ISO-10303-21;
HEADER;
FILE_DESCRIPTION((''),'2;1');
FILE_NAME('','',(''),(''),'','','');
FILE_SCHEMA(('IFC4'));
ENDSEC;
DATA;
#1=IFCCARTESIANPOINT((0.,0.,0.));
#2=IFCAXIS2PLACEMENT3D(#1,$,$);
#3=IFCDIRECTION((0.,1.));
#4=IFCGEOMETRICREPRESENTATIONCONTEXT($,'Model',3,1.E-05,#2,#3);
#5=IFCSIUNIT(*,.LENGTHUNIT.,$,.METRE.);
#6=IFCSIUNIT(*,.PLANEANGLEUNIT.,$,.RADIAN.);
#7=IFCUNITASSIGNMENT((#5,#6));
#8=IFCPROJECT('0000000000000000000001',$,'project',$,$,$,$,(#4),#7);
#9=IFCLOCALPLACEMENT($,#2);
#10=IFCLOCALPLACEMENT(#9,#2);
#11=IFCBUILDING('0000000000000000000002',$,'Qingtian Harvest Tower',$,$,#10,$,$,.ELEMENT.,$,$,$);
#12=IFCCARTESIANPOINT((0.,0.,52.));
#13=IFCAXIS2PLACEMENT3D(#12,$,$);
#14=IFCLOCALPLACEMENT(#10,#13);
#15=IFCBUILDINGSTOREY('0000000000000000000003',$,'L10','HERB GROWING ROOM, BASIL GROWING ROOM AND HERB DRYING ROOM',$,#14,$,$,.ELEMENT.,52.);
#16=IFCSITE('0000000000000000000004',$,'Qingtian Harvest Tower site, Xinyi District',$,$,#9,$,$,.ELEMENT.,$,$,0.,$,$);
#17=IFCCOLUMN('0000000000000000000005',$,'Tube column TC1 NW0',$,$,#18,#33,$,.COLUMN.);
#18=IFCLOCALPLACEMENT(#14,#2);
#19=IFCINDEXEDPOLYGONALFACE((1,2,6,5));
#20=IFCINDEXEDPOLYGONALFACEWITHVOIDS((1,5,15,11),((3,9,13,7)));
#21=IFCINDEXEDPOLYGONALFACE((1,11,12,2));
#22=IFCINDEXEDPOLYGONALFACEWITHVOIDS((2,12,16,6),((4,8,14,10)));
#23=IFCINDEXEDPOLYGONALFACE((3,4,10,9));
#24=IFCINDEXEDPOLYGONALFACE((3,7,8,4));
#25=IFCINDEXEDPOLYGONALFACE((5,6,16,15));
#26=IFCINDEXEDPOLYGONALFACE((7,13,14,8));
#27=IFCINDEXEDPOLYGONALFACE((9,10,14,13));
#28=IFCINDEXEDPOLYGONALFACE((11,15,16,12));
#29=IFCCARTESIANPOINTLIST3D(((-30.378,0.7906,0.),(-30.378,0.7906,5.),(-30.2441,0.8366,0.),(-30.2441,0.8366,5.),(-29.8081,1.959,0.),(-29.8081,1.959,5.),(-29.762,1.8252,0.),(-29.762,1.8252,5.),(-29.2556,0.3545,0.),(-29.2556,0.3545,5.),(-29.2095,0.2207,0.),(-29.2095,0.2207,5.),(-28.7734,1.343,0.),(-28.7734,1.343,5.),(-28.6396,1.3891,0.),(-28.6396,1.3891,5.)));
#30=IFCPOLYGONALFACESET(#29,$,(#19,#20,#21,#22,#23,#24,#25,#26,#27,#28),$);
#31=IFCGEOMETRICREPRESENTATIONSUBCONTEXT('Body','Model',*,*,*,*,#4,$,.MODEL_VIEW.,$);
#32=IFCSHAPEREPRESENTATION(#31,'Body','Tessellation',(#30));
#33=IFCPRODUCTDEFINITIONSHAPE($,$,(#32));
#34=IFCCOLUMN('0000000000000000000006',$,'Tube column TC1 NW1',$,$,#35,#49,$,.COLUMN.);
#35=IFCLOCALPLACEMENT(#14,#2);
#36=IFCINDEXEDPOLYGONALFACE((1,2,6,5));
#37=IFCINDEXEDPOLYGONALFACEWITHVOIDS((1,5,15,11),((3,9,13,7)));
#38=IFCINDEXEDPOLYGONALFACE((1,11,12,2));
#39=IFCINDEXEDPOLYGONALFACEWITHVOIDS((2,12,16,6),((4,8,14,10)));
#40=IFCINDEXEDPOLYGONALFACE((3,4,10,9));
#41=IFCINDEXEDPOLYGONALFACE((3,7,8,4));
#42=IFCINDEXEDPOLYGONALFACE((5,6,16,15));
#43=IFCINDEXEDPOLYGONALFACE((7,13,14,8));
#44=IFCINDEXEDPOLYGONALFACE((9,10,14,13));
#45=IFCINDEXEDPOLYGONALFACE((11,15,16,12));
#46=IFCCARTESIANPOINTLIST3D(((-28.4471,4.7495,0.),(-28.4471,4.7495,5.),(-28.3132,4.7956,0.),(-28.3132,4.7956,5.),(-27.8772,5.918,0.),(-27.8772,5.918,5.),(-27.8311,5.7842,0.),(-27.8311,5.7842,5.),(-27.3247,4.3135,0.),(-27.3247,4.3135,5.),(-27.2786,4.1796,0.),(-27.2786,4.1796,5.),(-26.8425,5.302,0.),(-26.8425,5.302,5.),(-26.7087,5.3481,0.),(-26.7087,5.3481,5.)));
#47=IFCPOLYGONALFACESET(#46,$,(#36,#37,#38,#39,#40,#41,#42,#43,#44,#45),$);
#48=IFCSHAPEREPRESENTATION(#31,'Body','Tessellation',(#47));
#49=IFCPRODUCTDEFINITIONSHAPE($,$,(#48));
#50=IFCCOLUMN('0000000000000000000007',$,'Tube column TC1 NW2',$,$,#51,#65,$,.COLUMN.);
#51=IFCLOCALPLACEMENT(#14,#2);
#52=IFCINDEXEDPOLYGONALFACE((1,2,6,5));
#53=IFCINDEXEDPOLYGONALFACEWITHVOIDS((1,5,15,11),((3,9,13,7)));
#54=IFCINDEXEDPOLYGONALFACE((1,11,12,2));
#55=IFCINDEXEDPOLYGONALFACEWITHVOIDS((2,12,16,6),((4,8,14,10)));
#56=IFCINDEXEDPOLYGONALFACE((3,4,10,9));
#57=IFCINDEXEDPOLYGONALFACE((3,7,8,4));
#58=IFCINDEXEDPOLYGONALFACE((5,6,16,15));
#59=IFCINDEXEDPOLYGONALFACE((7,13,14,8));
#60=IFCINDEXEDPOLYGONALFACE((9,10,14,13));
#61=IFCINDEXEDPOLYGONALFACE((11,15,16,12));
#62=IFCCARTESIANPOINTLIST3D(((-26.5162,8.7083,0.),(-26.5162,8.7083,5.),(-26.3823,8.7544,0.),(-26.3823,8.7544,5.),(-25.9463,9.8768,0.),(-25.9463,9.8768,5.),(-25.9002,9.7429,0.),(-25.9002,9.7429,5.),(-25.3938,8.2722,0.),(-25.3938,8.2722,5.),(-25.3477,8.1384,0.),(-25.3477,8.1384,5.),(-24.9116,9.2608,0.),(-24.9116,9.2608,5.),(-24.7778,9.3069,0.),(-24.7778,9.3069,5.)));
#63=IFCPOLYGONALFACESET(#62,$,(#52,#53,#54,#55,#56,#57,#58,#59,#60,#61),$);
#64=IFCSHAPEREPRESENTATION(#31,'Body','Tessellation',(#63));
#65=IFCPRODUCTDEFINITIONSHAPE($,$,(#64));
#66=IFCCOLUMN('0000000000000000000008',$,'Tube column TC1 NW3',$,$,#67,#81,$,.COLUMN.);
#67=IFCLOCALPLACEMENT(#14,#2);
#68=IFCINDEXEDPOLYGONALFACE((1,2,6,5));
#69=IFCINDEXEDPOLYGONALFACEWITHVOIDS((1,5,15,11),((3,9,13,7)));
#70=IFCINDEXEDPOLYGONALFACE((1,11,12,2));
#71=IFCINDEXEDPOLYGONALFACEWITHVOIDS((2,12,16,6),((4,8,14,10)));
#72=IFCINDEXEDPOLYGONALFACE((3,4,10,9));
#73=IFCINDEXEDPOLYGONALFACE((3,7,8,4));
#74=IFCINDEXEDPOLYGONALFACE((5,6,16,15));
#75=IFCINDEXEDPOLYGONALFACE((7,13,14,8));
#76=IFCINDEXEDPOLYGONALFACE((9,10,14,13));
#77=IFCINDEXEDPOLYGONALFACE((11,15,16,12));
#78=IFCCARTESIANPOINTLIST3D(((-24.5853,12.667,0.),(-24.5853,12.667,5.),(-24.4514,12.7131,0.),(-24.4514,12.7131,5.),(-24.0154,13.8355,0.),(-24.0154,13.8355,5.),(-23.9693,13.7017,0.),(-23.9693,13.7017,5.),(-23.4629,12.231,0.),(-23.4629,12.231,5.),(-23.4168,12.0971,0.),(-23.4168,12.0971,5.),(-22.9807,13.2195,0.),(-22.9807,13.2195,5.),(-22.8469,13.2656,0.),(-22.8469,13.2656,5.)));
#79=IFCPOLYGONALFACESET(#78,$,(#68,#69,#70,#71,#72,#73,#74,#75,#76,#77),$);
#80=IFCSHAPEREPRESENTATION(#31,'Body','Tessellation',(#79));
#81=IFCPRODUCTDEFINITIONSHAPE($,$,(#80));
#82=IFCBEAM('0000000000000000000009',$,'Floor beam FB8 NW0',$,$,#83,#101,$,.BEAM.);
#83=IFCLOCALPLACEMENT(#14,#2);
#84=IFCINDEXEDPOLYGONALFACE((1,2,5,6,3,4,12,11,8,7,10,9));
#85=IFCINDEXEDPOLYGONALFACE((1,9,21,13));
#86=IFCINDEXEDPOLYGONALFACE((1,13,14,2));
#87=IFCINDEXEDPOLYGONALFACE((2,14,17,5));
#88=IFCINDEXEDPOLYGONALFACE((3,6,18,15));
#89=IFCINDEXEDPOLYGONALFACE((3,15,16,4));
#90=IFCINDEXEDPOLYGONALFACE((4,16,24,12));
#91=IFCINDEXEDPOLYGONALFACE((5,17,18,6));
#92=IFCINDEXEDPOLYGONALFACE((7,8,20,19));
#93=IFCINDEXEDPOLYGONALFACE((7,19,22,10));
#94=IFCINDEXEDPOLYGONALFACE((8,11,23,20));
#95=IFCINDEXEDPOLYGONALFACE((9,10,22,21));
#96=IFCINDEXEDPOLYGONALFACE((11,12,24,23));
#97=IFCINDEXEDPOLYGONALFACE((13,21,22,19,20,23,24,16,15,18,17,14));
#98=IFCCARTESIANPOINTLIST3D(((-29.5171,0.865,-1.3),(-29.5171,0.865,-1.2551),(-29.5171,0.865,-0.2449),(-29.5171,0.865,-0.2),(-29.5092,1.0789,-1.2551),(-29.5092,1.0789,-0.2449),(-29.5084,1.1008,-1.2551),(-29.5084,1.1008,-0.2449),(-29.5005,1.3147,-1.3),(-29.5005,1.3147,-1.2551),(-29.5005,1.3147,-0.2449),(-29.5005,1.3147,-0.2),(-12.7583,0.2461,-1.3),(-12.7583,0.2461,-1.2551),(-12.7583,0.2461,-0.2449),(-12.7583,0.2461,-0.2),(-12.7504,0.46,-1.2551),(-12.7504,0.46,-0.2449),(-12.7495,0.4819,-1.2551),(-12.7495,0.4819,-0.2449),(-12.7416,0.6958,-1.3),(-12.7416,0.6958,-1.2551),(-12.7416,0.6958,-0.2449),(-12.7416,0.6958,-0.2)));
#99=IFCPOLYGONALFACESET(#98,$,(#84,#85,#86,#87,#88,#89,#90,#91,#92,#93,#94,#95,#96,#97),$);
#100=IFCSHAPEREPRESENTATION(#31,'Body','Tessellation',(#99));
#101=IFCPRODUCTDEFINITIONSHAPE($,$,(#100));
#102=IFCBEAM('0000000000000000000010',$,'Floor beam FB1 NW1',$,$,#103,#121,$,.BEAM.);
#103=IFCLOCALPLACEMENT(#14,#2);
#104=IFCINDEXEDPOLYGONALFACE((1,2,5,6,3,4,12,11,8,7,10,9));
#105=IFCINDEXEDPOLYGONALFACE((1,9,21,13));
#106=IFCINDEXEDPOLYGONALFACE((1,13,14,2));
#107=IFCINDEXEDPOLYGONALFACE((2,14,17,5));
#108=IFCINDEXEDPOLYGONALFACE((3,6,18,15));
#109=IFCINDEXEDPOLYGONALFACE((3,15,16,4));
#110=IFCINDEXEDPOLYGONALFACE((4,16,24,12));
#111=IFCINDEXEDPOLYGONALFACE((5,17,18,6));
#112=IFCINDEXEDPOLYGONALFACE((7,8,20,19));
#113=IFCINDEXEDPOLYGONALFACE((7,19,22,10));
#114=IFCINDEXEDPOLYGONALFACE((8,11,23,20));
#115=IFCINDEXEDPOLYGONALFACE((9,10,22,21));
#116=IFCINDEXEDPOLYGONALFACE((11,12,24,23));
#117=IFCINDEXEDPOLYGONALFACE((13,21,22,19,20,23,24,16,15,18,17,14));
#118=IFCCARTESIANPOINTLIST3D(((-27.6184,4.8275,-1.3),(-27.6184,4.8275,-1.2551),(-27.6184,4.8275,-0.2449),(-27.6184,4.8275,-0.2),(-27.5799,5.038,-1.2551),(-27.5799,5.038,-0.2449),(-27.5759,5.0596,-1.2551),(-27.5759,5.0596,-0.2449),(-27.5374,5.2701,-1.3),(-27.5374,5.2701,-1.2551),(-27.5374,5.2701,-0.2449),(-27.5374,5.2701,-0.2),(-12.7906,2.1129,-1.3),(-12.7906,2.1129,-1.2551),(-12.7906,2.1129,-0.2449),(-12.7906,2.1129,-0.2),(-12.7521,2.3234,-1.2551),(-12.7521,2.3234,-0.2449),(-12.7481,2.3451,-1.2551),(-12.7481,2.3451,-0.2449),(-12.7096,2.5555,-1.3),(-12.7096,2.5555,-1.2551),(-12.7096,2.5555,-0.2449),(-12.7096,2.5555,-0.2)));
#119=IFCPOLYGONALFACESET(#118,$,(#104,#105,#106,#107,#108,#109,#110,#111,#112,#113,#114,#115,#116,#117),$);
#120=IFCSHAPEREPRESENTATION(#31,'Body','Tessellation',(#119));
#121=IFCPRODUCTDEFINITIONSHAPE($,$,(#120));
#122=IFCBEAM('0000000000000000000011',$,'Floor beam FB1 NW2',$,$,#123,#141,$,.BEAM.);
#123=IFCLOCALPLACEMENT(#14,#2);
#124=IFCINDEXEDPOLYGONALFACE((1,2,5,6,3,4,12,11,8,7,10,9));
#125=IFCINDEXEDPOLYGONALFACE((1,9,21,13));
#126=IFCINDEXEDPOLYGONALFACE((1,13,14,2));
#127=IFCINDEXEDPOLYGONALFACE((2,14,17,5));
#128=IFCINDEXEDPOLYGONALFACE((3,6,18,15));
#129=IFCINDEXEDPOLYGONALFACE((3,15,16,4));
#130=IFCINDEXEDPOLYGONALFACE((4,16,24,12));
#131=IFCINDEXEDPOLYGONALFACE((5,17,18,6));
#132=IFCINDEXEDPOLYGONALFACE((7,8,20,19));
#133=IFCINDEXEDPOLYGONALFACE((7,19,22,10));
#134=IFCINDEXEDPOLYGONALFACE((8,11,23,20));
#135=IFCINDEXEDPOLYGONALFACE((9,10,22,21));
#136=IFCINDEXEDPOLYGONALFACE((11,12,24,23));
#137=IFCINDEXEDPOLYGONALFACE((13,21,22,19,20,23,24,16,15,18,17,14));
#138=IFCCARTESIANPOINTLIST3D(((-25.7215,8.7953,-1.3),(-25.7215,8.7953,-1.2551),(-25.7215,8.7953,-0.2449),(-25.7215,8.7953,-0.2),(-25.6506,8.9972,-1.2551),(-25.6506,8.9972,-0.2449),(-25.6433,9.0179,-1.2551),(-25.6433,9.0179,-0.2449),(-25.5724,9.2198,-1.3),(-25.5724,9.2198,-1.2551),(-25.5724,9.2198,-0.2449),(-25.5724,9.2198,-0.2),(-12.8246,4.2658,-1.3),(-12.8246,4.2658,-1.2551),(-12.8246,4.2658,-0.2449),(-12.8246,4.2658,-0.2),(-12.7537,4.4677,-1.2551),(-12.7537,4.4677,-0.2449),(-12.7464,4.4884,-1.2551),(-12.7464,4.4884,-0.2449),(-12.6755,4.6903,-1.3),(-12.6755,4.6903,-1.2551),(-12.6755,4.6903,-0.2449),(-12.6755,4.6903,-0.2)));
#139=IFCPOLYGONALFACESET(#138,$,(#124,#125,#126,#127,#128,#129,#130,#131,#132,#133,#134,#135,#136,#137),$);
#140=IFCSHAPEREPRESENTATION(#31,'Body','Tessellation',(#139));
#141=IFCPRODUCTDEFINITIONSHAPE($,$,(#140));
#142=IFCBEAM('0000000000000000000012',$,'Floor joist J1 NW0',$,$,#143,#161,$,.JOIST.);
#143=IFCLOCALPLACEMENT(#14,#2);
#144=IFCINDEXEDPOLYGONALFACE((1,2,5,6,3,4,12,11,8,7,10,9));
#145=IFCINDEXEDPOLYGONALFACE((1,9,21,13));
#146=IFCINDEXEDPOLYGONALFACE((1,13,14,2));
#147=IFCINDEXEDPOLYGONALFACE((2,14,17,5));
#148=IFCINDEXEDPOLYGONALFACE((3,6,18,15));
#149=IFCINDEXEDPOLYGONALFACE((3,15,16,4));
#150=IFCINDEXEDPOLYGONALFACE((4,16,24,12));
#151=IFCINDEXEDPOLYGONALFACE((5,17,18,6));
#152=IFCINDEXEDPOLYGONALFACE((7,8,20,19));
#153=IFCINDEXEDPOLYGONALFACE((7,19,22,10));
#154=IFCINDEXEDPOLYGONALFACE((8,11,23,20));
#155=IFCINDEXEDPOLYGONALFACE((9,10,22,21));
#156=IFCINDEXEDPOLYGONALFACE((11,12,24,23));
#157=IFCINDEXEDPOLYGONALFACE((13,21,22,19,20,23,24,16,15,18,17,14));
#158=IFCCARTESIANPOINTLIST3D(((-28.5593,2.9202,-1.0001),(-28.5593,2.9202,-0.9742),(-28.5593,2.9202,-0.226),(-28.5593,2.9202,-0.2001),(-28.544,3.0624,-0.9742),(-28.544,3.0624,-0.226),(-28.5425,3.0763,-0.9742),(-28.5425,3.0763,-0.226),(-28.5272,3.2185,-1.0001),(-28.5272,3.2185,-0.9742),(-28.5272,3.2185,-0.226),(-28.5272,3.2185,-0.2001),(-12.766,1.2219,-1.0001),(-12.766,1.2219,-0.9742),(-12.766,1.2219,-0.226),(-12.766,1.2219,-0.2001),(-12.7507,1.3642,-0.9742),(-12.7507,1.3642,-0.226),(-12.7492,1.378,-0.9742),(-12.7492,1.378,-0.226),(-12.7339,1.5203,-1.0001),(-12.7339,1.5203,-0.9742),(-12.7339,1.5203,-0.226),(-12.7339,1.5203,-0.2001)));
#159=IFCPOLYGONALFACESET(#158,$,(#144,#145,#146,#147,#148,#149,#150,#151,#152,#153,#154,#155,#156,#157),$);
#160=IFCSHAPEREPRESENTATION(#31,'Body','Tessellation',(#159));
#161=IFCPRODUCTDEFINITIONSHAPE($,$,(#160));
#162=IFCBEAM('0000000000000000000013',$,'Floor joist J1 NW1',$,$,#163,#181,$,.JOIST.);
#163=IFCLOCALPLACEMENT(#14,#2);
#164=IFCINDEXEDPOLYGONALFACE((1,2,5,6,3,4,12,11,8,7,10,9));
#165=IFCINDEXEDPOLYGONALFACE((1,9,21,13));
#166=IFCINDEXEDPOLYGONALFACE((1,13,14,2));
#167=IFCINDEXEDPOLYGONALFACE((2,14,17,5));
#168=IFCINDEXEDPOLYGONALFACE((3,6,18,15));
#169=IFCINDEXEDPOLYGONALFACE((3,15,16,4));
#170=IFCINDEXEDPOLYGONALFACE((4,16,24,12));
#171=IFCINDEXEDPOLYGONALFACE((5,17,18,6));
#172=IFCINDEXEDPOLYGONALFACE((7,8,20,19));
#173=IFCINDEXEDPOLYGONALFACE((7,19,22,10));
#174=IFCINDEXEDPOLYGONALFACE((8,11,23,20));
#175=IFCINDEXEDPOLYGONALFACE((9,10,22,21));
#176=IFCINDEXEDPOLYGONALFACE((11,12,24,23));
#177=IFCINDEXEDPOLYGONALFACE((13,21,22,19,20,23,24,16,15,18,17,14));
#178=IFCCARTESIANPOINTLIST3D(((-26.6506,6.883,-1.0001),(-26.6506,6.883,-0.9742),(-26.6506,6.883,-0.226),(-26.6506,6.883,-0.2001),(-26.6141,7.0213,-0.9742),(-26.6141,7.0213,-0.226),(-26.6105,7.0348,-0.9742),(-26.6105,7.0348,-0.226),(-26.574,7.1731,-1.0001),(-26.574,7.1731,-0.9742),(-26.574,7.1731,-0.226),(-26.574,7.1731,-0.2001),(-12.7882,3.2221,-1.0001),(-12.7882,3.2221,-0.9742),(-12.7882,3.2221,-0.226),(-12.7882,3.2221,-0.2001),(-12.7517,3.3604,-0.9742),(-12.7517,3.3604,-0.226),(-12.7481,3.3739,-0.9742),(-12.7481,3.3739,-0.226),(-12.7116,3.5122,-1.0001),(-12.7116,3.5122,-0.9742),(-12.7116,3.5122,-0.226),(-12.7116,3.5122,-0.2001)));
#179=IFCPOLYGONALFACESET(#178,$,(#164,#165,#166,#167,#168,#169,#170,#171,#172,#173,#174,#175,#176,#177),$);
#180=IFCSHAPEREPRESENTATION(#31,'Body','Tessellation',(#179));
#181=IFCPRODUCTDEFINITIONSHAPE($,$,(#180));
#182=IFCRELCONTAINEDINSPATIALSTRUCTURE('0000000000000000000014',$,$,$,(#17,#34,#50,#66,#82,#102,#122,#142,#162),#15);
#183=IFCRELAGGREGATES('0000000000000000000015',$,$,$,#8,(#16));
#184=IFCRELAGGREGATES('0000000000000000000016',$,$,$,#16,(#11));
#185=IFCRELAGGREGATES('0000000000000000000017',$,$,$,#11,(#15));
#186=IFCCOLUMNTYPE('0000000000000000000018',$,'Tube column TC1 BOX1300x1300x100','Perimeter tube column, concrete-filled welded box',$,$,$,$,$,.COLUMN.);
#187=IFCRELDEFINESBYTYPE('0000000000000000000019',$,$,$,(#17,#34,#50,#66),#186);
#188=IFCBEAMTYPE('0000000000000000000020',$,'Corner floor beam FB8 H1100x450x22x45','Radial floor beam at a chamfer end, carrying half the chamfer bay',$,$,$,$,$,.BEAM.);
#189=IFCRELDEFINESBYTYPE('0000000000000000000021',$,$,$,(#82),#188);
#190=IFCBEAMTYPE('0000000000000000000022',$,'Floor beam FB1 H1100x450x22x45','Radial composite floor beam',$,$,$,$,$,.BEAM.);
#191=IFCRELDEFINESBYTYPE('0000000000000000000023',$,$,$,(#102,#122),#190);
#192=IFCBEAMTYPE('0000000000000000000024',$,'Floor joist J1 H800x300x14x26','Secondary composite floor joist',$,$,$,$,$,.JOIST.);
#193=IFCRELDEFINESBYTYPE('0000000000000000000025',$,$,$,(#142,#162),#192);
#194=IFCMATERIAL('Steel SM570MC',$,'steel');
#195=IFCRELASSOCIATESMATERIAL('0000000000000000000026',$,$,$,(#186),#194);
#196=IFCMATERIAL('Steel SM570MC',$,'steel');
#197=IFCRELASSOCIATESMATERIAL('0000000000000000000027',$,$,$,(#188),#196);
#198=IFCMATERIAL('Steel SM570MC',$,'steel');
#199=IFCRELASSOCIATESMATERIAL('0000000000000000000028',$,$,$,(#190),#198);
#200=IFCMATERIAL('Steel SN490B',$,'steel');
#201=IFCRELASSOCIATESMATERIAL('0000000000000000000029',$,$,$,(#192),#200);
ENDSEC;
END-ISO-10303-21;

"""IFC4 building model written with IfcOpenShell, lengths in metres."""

from ifc_helpers import new_model, si_unit, direction, frame, origin, origin_2d, place, context, subcontext, project, spatial, hollow_rectangle, i_section, extrude, material, material_profile, profile_set, type_object, element, save


model = new_model("IFC4")

# Units and contexts
model_context = context("Model", 3, precision=1e-05, world=origin(), true_north=direction((0.0, 1.0)))
body_context = subcontext(model_context, "Body", "Model", "MODEL_VIEW")
ifc_project = project(units=[si_unit("LENGTHUNIT", "METRE"), si_unit("PLANEANGLEUNIT", "RADIAN")], contexts=[model_context])

# Site, building, storey
site_placement = place(None, origin())
site = spatial("IfcSite", under=ifc_project, at=site_placement, Name="Qingtian Harvest Tower site, Xinyi District", CompositionType="ELEMENT", RefElevation=0.0)
building_placement = place(site_placement, origin())
building = spatial("IfcBuilding", under=site, at=building_placement, Name="Qingtian Harvest Tower", CompositionType="ELEMENT")
storey_placement = place(building_placement, frame((0.0, 0.0, 52.0)))
storey = spatial("IfcBuildingStorey", under=building, at=storey_placement, Name="L10", Description="HERB GROWING ROOM, BASIL GROWING ROOM AND HERB DRYING ROOM", CompositionType="ELEMENT", Elevation=52.0)

# Columns
ifc_material_1 = material(Name="Steel SM570MC", Category="steel")
ifc_material_profile_1 = material_profile(ifc_material_1, hollow_rectangle(XDim=1.3, YDim=1.3, WallThickness=0.1001, at=origin_2d()), Name="BOX1300x1300x100")
ifc_profile_set_1 = profile_set([ifc_material_profile_1], Name="Steel SM570MC")
column_type = type_object("IfcColumnType", Name="Tube column TC1 BOX1300x1300x100", Description="Perimeter tube column, concrete-filled welded box", PredefinedType="COLUMN", material=ifc_profile_set_1)
for number, where, z_axis, x_axis, name in (
    (1, (-29.5088, 1.0898, 0.0), (0.0, 0.0, 1.0), (-0.438371, -0.898794, 0.0), "Tube column TC1 NW0"),
    (2, (-27.5779, 5.0488, 0.0), (0.0, 0.0, 1.0), (-0.438371, -0.898794, 0.0), "Tube column TC1 NW1"),
    (3, (-25.647, 9.0076, 0.0), (0.0, 0.0, 1.0), (-0.438371, -0.898794, 0.0), "Tube column TC1 NW2"),
    (4, (-23.7161, 12.9663, 0.0), (0.0, 0.0, 1.0), (-0.438371, -0.898794, 0.0), "Tube column TC1 NW3"),
):
    element("IfcColumn", number, at=place(storey_placement, frame(where, z_axis=z_axis, x_axis=x_axis)), inside=storey, type_object=column_type, Name=name, PredefinedType="COLUMN", context=body_context, shape_type="SweptSolid", body=[
        extrude(hollow_rectangle(XDim=1.3, YDim=1.3, WallThickness=0.1001, at=origin_2d()), origin(), (0.0, 0.0, 1.0), 5.0),
    ])

# Beams
ifc_material_2 = material(Name="Steel SM570MC", Category="steel")
ifc_material_profile_2 = material_profile(ifc_material_2, i_section(OverallWidth=0.45, OverallDepth=1.1001, WebThickness=0.022, FlangeThickness=0.0449, at=origin_2d()), Name="H1100x450x22x45")
ifc_profile_set_2 = profile_set([ifc_material_profile_2], Name="Steel SM570MC")
beam_type_1 = type_object("IfcBeamType", Name="Corner floor beam FB8 H1100x450x22x45", Description="Radial floor beam at a chamfer end, carrying half the chamfer bay", PredefinedType="BEAM", material=ifc_profile_set_2)
beam_1_placement = place(storey_placement, frame((-29.5088, 1.0898, -0.75), z_axis=(0.999319, -0.036905, 0.0), x_axis=(0.036905, 0.999319, 0.0)))
element("IfcBeam", 5, at=beam_1_placement, inside=storey, type_object=beam_type_1, Name="Floor beam FB8 NW0", PredefinedType="BEAM", context=body_context, shape_type="SweptSolid", body=[
    extrude(i_section(OverallWidth=0.45, OverallDepth=1.1001, WebThickness=0.022, FlangeThickness=0.0449, at=origin_2d()), origin(), (0.0, 0.0, 1.0), 16.7703),
])
ifc_material_3 = material(Name="Steel SM570MC", Category="steel")
ifc_material_profile_3 = material_profile(ifc_material_3, i_section(OverallWidth=0.45, OverallDepth=1.1001, WebThickness=0.022, FlangeThickness=0.0449, at=origin_2d()), Name="H1100x450x22x45")
ifc_profile_set_3 = profile_set([ifc_material_profile_3], Name="Steel SM570MC")
beam_type_2 = type_object("IfcBeamType", Name="Floor beam FB1 H1100x450x22x45", Description="Radial composite floor beam", PredefinedType="BEAM", material=ifc_profile_set_3)
beam_2_placement = place(storey_placement, frame((-27.5779, 5.0488, -0.75), z_axis=(0.983652, -0.180081, 0.0), x_axis=(0.180081, 0.983652, 0.0)))
element("IfcBeam", 6, at=beam_2_placement, inside=storey, type_object=beam_type_2, Name="Floor beam FB1 NW1", PredefinedType="BEAM", context=body_context, shape_type="SweptSolid", body=[
    extrude(i_section(OverallWidth=0.45, OverallDepth=1.1001, WebThickness=0.022, FlangeThickness=0.0449, at=origin_2d()), origin(), (0.0, 0.0, 1.0), 15.0742),
])
beam_3_placement = place(storey_placement, frame((-25.647, 9.0076, -0.75), z_axis=(0.943502, -0.331367, 0.0), x_axis=(0.331367, 0.943502, 0.0)))
element("IfcBeam", 7, at=beam_3_placement, inside=storey, type_object=beam_type_2, Name="Floor beam FB1 NW2", PredefinedType="BEAM", context=body_context, shape_type="SweptSolid", body=[
    extrude(i_section(OverallWidth=0.45, OverallDepth=1.1001, WebThickness=0.022, FlangeThickness=0.0449, at=origin_2d()), origin(), (0.0, 0.0, 1.0), 13.6692),
])
ifc_material_4 = material(Name="Steel SN490B", Category="steel")
ifc_material_profile_4 = material_profile(ifc_material_4, i_section(OverallWidth=0.3, OverallDepth=0.8, WebThickness=0.0139, FlangeThickness=0.0259, at=origin_2d()), Name="H800x300x14x26")
ifc_profile_set_4 = profile_set([ifc_material_profile_4], Name="Steel SN490B")
beam_type_3 = type_object("IfcBeamType", Name="Floor joist J1 H800x300x14x26", Description="Secondary composite floor joist", PredefinedType="JOIST", material=ifc_profile_set_4)
beam_4_placement = place(storey_placement, frame((-28.5432, 3.0693, -0.6001), z_axis=(0.994268, -0.106914, 0.0), x_axis=(0.106914, 0.994268, 0.0)))
element("IfcBeam", 8, at=beam_4_placement, inside=storey, type_object=beam_type_3, Name="Floor joist J1 NW0", PredefinedType="JOIST", context=body_context, shape_type="SweptSolid", body=[
    extrude(i_section(OverallWidth=0.3, OverallDepth=0.8, WebThickness=0.0139, FlangeThickness=0.0259, at=origin_2d()), origin(), (0.0, 0.0, 1.0), 15.8843),
])
beam_5_placement = place(storey_placement, frame((-26.6123, 7.0281, -0.6001), z_axis=(0.966852, -0.255336, 0.0), x_axis=(0.255336, 0.966852, 0.0)))
element("IfcBeam", 9, at=beam_5_placement, inside=storey, type_object=beam_type_3, Name="Floor joist J1 NW1", PredefinedType="JOIST", context=body_context, shape_type="SweptSolid", body=[
    extrude(i_section(OverallWidth=0.3, OverallDepth=0.8, WebThickness=0.0139, FlangeThickness=0.0259, at=origin_2d()), origin(), (0.0, 0.0, 1.0), 14.3376),
])

save(model, "model.ifc")
